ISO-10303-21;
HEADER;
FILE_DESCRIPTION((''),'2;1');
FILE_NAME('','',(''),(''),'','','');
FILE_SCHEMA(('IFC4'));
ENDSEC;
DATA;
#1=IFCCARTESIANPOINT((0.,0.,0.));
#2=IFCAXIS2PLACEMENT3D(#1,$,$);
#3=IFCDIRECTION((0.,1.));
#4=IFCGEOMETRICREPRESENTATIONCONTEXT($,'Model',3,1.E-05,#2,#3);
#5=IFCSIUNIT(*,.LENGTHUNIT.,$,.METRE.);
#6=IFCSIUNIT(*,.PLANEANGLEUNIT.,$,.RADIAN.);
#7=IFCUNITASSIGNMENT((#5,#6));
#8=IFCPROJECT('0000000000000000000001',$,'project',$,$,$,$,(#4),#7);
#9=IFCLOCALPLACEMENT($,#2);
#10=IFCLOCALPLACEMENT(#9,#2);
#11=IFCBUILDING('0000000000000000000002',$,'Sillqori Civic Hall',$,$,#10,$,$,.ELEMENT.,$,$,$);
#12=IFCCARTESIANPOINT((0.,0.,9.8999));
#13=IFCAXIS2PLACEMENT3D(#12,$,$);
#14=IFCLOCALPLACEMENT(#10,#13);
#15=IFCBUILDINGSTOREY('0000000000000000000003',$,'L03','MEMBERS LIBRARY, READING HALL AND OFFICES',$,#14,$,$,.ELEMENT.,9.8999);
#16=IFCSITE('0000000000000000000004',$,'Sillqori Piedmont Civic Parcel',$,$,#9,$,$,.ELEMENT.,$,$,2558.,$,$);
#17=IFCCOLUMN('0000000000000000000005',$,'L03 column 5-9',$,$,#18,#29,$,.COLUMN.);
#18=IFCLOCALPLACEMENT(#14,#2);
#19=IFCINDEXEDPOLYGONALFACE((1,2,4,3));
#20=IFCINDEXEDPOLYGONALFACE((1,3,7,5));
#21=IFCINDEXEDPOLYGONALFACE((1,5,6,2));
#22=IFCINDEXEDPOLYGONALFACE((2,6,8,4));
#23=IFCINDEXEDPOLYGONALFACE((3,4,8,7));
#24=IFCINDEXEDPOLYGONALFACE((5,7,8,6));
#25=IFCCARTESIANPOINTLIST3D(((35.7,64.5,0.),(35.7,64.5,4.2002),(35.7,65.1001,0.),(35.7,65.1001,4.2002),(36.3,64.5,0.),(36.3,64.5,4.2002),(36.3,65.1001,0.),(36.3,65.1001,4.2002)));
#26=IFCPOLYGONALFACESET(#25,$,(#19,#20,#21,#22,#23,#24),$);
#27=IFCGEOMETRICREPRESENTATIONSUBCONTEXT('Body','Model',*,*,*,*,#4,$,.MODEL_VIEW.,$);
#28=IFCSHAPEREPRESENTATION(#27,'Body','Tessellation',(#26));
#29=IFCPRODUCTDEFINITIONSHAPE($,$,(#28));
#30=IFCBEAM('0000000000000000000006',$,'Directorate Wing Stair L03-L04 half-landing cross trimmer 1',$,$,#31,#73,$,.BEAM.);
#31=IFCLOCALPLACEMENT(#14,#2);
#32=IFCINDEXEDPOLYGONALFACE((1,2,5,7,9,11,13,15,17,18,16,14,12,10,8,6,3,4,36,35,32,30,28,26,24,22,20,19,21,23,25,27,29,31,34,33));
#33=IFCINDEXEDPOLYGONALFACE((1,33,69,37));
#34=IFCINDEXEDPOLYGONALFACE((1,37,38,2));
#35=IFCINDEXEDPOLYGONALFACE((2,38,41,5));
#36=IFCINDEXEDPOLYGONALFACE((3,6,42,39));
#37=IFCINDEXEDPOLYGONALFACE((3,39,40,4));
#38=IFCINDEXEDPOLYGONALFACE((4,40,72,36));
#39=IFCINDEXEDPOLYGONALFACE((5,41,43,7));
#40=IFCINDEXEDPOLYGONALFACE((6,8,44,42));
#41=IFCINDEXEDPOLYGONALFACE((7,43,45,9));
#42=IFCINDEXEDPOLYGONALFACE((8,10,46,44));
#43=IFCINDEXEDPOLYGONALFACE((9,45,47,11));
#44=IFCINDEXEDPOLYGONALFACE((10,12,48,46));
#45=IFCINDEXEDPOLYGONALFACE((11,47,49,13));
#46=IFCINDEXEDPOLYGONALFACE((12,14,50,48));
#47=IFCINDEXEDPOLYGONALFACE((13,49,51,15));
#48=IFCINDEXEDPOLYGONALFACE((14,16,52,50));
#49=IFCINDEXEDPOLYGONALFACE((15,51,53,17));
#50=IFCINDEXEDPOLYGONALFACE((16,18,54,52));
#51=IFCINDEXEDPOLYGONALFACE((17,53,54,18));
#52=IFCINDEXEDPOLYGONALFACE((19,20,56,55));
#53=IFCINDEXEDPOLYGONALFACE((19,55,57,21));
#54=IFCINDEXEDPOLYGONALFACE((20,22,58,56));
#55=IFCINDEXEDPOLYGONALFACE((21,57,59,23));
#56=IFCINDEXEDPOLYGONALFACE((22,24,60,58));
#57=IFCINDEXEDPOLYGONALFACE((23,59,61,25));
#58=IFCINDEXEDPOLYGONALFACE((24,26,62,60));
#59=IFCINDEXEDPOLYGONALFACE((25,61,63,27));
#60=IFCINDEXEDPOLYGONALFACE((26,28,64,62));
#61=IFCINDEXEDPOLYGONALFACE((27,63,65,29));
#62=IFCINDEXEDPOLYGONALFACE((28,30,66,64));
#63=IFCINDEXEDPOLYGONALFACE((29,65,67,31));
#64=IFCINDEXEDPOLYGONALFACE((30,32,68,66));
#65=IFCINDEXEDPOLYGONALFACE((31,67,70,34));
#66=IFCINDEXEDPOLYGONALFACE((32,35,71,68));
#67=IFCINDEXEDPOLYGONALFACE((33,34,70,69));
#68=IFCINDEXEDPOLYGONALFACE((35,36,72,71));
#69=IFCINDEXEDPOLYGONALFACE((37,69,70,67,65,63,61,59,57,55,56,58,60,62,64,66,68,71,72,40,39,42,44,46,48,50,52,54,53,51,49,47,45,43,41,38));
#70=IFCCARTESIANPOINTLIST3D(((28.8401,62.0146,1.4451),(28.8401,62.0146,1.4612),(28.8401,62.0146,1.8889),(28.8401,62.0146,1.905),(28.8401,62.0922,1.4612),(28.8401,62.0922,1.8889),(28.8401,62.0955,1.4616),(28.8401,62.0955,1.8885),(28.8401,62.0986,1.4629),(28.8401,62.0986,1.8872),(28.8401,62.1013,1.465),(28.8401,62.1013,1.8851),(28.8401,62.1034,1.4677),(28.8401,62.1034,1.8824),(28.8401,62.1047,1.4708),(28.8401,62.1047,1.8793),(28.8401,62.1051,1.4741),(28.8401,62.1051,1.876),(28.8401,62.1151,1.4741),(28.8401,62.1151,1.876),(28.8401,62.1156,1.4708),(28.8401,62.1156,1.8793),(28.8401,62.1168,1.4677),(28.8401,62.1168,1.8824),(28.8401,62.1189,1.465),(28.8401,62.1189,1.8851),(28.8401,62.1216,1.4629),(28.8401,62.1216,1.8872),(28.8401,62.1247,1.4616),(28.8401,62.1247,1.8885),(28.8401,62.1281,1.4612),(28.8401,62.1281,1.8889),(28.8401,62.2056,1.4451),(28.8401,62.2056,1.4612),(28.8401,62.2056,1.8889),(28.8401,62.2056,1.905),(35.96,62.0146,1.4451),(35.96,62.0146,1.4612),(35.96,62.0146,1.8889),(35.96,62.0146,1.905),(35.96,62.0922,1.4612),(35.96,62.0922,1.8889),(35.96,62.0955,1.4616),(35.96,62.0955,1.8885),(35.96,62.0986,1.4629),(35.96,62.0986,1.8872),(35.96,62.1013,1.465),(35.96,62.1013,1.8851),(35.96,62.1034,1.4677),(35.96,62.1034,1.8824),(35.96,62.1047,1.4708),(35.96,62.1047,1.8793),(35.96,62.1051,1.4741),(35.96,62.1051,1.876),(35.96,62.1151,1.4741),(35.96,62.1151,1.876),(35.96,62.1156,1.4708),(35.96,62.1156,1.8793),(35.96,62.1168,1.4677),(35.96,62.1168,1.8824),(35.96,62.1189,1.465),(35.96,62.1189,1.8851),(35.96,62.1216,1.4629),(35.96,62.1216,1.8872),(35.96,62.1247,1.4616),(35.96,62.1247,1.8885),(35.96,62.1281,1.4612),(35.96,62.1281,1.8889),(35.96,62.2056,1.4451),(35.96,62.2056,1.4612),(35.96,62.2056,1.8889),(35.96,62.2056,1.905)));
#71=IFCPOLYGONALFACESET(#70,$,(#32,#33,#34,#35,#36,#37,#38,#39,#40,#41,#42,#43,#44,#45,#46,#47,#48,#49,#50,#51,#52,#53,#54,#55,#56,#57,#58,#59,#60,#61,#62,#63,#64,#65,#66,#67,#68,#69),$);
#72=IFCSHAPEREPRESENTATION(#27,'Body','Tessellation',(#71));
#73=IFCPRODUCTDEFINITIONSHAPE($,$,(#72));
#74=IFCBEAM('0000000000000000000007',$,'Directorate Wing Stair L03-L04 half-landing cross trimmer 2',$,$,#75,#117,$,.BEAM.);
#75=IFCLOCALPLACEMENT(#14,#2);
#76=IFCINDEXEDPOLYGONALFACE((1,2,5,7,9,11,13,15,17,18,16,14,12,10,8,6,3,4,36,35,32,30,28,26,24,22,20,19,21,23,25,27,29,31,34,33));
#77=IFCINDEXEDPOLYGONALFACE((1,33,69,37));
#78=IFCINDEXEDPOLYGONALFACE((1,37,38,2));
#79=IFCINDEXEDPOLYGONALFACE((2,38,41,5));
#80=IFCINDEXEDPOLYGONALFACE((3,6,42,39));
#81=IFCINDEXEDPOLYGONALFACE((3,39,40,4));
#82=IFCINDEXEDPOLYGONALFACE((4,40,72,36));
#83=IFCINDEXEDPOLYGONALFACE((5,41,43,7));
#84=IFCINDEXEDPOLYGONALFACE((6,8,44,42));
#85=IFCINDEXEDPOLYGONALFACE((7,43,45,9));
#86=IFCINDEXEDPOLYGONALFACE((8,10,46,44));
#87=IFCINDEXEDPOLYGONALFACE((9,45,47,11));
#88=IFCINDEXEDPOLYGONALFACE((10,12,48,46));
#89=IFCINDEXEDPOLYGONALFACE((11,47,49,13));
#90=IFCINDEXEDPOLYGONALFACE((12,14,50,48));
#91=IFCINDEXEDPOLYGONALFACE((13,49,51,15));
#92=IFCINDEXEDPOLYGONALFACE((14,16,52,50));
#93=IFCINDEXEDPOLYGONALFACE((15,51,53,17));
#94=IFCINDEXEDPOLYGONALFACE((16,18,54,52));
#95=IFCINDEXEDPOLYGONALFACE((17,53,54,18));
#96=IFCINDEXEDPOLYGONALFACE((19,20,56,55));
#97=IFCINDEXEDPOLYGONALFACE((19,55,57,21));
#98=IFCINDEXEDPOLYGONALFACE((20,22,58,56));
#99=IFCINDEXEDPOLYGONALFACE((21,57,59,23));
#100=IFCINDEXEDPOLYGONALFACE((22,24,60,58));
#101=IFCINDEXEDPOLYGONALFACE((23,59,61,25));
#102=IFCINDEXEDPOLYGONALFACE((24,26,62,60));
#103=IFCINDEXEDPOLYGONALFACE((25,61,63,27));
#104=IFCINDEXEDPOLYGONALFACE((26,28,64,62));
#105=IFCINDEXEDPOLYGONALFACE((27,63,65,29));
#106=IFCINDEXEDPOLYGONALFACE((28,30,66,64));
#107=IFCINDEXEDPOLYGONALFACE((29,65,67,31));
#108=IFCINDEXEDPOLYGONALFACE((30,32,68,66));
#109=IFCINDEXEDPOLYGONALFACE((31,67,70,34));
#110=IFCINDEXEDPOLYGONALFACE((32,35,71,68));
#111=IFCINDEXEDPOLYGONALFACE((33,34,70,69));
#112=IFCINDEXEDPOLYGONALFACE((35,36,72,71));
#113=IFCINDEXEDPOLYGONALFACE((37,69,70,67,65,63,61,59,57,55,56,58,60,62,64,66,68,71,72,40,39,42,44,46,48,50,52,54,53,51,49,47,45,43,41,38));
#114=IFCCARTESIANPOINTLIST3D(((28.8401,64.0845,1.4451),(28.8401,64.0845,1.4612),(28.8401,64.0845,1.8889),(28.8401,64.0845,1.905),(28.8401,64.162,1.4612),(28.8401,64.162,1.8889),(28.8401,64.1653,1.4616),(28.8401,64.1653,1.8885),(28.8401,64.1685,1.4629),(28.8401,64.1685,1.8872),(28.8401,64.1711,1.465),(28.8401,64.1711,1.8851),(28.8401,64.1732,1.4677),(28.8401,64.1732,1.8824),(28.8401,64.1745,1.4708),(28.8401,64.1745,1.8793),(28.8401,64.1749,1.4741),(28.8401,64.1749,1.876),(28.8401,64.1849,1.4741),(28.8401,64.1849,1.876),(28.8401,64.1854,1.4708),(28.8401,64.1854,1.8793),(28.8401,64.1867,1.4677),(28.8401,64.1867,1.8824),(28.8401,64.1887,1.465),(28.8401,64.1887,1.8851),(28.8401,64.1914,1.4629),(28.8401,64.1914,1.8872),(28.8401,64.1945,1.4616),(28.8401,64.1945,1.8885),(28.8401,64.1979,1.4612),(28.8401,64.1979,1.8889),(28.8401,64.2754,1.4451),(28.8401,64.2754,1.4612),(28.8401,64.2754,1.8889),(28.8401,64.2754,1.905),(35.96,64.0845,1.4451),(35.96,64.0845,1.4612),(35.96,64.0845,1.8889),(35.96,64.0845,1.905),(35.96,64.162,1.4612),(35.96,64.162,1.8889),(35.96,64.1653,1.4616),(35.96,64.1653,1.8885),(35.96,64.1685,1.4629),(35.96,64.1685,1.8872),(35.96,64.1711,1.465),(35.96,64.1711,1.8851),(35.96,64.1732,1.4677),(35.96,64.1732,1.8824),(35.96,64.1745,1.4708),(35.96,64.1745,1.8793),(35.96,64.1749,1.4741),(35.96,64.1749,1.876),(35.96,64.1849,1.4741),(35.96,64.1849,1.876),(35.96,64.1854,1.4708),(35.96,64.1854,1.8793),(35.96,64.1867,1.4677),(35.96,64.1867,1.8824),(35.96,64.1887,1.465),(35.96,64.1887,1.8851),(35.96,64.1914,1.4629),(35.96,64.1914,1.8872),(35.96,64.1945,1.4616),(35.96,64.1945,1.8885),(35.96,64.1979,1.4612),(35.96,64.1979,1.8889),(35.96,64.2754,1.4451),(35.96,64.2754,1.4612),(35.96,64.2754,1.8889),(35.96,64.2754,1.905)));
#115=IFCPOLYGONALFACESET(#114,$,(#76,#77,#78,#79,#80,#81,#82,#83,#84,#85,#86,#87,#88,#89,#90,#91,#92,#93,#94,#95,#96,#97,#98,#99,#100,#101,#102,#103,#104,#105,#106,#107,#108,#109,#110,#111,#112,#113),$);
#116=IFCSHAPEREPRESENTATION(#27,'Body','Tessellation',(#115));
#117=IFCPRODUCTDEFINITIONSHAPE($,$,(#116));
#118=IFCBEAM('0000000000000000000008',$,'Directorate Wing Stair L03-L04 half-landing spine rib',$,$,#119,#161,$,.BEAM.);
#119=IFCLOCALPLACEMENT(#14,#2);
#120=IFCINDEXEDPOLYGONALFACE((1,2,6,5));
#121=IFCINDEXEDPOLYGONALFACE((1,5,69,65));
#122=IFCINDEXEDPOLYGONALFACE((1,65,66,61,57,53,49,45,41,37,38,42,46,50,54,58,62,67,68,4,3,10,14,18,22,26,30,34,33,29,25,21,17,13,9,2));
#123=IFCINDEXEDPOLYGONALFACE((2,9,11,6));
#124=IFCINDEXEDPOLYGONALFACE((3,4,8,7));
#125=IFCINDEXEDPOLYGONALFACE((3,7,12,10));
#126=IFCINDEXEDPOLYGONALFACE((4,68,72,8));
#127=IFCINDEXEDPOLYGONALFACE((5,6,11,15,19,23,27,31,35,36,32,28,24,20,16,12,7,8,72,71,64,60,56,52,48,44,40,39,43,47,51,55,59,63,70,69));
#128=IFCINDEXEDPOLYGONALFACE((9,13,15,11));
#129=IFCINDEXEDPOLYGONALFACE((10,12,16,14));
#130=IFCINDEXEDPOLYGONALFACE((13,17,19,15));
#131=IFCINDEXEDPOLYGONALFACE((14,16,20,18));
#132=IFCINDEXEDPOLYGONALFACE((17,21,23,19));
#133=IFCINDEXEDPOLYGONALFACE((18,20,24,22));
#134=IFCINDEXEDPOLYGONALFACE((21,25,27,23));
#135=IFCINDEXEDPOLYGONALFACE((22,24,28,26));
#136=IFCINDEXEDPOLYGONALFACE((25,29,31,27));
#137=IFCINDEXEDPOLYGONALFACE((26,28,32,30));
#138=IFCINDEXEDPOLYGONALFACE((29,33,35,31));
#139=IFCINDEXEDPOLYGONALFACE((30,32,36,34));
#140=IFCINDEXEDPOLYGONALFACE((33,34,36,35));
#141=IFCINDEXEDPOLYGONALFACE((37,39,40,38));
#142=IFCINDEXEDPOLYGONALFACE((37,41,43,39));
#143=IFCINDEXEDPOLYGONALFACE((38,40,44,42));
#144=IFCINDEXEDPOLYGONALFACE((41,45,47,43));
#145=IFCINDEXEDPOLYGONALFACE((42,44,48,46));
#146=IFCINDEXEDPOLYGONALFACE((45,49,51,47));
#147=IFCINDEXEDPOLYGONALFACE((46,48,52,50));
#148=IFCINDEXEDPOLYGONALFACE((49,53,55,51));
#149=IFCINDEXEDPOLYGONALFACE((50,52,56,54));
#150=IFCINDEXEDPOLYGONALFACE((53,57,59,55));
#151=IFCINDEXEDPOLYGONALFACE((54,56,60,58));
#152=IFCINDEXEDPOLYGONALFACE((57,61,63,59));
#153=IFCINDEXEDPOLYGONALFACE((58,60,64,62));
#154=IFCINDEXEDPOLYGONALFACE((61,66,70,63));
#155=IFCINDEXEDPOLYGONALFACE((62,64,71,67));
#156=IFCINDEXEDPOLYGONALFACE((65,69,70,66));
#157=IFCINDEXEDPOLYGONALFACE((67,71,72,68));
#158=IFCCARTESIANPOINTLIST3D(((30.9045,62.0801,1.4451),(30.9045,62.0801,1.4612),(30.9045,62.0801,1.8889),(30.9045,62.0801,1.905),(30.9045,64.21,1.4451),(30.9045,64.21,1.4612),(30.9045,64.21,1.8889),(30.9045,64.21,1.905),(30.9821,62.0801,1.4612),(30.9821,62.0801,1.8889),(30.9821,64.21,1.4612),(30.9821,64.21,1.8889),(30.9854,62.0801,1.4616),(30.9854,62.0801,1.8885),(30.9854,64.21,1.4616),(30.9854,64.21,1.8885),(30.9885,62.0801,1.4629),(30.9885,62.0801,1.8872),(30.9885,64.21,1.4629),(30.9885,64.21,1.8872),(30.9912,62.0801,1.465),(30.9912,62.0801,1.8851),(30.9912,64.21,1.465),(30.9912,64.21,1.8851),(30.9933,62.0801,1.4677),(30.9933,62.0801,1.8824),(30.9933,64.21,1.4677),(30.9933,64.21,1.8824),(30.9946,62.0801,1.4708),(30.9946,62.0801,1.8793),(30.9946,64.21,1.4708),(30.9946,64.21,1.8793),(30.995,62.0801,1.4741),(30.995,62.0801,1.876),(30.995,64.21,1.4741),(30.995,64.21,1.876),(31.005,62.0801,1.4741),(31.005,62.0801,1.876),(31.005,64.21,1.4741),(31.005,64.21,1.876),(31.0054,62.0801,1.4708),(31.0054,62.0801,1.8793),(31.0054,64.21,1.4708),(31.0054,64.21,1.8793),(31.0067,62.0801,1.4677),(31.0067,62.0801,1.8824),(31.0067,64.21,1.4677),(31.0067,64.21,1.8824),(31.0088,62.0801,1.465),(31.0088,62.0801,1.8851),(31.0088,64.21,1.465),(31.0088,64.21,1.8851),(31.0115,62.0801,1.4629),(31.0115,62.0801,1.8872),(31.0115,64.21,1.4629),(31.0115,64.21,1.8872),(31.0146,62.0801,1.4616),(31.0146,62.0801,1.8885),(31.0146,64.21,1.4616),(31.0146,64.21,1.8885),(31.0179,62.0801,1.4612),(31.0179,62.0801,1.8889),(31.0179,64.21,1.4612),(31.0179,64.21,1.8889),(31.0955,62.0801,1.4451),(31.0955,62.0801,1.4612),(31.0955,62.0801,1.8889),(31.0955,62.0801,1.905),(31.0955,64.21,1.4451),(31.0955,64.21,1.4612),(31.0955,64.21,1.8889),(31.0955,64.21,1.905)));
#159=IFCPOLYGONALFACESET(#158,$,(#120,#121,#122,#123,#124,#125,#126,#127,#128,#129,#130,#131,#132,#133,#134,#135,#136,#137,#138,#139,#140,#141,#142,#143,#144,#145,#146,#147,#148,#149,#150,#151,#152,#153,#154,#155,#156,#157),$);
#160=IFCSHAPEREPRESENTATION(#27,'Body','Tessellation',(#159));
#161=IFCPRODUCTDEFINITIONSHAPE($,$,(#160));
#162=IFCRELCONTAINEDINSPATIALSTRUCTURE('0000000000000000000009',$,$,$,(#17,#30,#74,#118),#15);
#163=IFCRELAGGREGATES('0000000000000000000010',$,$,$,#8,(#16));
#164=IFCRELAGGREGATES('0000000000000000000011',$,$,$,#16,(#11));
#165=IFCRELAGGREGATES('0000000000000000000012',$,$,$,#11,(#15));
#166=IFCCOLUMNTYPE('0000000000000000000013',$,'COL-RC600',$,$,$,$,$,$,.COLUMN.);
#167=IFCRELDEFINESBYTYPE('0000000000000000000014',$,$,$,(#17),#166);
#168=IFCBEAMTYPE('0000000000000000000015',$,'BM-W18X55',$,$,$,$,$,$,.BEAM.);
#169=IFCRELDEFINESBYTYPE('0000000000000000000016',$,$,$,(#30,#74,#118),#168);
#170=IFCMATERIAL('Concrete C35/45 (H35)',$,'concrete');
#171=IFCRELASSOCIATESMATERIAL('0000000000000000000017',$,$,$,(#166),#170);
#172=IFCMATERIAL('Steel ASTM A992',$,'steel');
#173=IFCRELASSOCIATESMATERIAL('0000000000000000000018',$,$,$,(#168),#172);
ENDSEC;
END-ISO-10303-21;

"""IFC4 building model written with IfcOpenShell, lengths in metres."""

from ifc_helpers import new_model, si_unit, direction, frame, origin, origin_2d, place, context, subcontext, project, spatial, rectangle, i_section, extrude, material, material_profile, profile_set, type_object, element, save


model = new_model("IFC4")

# Units and contexts
model_context = context("Model", 3, precision=1e-05, world=origin(), true_north=direction((0.0, 1.0)))
body_context = subcontext(model_context, "Body", "Model", "MODEL_VIEW")
ifc_project = project(units=[si_unit("LENGTHUNIT", "METRE"), si_unit("PLANEANGLEUNIT", "RADIAN")], contexts=[model_context])

# Site, building, storey
site_placement = place(None, origin())
site = spatial("IfcSite", under=ifc_project, at=site_placement, Name="Sillqori Piedmont Civic Parcel", CompositionType="ELEMENT", RefElevation=2558.0)
building_placement = place(site_placement, origin())
building = spatial("IfcBuilding", under=site, at=building_placement, Name="Sillqori Civic Hall", CompositionType="ELEMENT")
storey_placement = place(building_placement, frame((0.0, 0.0, 9.8999)))
storey = spatial("IfcBuildingStorey", under=building, at=storey_placement, Name="L03", Description="MEMBERS LIBRARY, READING HALL AND OFFICES", CompositionType="ELEMENT", Elevation=9.8999)

# Column
ifc_material_1 = material(Name="Concrete C35/45 (H35)", Category="concrete")
ifc_material_profile_1 = material_profile(ifc_material_1, rectangle(XDim=0.6001, YDim=0.6001, at=origin_2d()), Name="RC 600x600")
ifc_profile_set_1 = profile_set([ifc_material_profile_1], Name="Concrete C35/45 (H35)")
column_type = type_object("IfcColumnType", Name="COL-RC600", PredefinedType="COLUMN", material=ifc_profile_set_1)
column_placement = place(storey_placement, frame((36.0, 64.8, 0.0), z_axis=(0.0, 0.0, 1.0), x_axis=(1.0, 0.0, 0.0)))
element("IfcColumn", 1, at=column_placement, inside=storey, type_object=column_type, Name="L03 column 5-9", PredefinedType="COLUMN", context=body_context, shape_type="SweptSolid", body=[
    extrude(rectangle(XDim=0.6001, YDim=0.6001, at=origin_2d()), origin(), (0.0, 0.0, 1.0), 4.2002),
])

# Beams
ifc_material_2 = material(Name="Steel ASTM A992", Category="steel")
ifc_material_profile_2 = material_profile(ifc_material_2, i_section(OverallWidth=0.1909, OverallDepth=0.46, WebThickness=0.01, FlangeThickness=0.0161, FilletRadius=0.0129, at=origin_2d()), Name="W18X55")
ifc_profile_set_2 = profile_set([ifc_material_profile_2], Name="Steel ASTM A992")
beam_type_1 = type_object("IfcBeamType", Name="BM-W18X55", PredefinedType="BEAM", material=ifc_profile_set_2)
for number, where, z_axis, x_axis, name in (
    (2, (28.8401, 62.1101, 1.675), (1.0, 0.0, 0.0), (0.0, 1.0, 0.0), "Directorate Wing Stair L03-L04 half-landing cross trimmer 1"),
    (3, (28.8401, 64.1799, 1.675), (1.0, 0.0, 0.0), (0.0, 1.0, 0.0), "Directorate Wing Stair L03-L04 half-landing cross trimmer 2"),
):
    element("IfcBeam", number, at=place(storey_placement, frame(where, z_axis=z_axis, x_axis=x_axis)), inside=storey, type_object=beam_type_1, Name=name, PredefinedType="BEAM", context=body_context, shape_type="SweptSolid", body=[
        extrude(i_section(OverallWidth=0.1909, OverallDepth=0.46, WebThickness=0.01, FlangeThickness=0.0161, FilletRadius=0.0129, at=origin_2d()), origin(), (0.0, 0.0, 1.0), 7.1199),
    ])
beam_1_placement = place(storey_placement, frame((31.0, 62.0801, 1.675), z_axis=(0.0, 1.0, 0.0), x_axis=(-1.0, 0.0, 0.0)))
element("IfcBeam", 4, at=beam_1_placement, inside=storey, type_object=beam_type_1, Name="Directorate Wing Stair L03-L04 half-landing spine rib", PredefinedType="BEAM", context=body_context, shape_type="SweptSolid", body=[
    extrude(i_section(OverallWidth=0.1909, OverallDepth=0.46, WebThickness=0.01, FlangeThickness=0.0161, FilletRadius=0.0129, at=origin_2d()), origin(), (0.0, 0.0, 1.0), 2.1299),
])

save(model, "model.ifc")
